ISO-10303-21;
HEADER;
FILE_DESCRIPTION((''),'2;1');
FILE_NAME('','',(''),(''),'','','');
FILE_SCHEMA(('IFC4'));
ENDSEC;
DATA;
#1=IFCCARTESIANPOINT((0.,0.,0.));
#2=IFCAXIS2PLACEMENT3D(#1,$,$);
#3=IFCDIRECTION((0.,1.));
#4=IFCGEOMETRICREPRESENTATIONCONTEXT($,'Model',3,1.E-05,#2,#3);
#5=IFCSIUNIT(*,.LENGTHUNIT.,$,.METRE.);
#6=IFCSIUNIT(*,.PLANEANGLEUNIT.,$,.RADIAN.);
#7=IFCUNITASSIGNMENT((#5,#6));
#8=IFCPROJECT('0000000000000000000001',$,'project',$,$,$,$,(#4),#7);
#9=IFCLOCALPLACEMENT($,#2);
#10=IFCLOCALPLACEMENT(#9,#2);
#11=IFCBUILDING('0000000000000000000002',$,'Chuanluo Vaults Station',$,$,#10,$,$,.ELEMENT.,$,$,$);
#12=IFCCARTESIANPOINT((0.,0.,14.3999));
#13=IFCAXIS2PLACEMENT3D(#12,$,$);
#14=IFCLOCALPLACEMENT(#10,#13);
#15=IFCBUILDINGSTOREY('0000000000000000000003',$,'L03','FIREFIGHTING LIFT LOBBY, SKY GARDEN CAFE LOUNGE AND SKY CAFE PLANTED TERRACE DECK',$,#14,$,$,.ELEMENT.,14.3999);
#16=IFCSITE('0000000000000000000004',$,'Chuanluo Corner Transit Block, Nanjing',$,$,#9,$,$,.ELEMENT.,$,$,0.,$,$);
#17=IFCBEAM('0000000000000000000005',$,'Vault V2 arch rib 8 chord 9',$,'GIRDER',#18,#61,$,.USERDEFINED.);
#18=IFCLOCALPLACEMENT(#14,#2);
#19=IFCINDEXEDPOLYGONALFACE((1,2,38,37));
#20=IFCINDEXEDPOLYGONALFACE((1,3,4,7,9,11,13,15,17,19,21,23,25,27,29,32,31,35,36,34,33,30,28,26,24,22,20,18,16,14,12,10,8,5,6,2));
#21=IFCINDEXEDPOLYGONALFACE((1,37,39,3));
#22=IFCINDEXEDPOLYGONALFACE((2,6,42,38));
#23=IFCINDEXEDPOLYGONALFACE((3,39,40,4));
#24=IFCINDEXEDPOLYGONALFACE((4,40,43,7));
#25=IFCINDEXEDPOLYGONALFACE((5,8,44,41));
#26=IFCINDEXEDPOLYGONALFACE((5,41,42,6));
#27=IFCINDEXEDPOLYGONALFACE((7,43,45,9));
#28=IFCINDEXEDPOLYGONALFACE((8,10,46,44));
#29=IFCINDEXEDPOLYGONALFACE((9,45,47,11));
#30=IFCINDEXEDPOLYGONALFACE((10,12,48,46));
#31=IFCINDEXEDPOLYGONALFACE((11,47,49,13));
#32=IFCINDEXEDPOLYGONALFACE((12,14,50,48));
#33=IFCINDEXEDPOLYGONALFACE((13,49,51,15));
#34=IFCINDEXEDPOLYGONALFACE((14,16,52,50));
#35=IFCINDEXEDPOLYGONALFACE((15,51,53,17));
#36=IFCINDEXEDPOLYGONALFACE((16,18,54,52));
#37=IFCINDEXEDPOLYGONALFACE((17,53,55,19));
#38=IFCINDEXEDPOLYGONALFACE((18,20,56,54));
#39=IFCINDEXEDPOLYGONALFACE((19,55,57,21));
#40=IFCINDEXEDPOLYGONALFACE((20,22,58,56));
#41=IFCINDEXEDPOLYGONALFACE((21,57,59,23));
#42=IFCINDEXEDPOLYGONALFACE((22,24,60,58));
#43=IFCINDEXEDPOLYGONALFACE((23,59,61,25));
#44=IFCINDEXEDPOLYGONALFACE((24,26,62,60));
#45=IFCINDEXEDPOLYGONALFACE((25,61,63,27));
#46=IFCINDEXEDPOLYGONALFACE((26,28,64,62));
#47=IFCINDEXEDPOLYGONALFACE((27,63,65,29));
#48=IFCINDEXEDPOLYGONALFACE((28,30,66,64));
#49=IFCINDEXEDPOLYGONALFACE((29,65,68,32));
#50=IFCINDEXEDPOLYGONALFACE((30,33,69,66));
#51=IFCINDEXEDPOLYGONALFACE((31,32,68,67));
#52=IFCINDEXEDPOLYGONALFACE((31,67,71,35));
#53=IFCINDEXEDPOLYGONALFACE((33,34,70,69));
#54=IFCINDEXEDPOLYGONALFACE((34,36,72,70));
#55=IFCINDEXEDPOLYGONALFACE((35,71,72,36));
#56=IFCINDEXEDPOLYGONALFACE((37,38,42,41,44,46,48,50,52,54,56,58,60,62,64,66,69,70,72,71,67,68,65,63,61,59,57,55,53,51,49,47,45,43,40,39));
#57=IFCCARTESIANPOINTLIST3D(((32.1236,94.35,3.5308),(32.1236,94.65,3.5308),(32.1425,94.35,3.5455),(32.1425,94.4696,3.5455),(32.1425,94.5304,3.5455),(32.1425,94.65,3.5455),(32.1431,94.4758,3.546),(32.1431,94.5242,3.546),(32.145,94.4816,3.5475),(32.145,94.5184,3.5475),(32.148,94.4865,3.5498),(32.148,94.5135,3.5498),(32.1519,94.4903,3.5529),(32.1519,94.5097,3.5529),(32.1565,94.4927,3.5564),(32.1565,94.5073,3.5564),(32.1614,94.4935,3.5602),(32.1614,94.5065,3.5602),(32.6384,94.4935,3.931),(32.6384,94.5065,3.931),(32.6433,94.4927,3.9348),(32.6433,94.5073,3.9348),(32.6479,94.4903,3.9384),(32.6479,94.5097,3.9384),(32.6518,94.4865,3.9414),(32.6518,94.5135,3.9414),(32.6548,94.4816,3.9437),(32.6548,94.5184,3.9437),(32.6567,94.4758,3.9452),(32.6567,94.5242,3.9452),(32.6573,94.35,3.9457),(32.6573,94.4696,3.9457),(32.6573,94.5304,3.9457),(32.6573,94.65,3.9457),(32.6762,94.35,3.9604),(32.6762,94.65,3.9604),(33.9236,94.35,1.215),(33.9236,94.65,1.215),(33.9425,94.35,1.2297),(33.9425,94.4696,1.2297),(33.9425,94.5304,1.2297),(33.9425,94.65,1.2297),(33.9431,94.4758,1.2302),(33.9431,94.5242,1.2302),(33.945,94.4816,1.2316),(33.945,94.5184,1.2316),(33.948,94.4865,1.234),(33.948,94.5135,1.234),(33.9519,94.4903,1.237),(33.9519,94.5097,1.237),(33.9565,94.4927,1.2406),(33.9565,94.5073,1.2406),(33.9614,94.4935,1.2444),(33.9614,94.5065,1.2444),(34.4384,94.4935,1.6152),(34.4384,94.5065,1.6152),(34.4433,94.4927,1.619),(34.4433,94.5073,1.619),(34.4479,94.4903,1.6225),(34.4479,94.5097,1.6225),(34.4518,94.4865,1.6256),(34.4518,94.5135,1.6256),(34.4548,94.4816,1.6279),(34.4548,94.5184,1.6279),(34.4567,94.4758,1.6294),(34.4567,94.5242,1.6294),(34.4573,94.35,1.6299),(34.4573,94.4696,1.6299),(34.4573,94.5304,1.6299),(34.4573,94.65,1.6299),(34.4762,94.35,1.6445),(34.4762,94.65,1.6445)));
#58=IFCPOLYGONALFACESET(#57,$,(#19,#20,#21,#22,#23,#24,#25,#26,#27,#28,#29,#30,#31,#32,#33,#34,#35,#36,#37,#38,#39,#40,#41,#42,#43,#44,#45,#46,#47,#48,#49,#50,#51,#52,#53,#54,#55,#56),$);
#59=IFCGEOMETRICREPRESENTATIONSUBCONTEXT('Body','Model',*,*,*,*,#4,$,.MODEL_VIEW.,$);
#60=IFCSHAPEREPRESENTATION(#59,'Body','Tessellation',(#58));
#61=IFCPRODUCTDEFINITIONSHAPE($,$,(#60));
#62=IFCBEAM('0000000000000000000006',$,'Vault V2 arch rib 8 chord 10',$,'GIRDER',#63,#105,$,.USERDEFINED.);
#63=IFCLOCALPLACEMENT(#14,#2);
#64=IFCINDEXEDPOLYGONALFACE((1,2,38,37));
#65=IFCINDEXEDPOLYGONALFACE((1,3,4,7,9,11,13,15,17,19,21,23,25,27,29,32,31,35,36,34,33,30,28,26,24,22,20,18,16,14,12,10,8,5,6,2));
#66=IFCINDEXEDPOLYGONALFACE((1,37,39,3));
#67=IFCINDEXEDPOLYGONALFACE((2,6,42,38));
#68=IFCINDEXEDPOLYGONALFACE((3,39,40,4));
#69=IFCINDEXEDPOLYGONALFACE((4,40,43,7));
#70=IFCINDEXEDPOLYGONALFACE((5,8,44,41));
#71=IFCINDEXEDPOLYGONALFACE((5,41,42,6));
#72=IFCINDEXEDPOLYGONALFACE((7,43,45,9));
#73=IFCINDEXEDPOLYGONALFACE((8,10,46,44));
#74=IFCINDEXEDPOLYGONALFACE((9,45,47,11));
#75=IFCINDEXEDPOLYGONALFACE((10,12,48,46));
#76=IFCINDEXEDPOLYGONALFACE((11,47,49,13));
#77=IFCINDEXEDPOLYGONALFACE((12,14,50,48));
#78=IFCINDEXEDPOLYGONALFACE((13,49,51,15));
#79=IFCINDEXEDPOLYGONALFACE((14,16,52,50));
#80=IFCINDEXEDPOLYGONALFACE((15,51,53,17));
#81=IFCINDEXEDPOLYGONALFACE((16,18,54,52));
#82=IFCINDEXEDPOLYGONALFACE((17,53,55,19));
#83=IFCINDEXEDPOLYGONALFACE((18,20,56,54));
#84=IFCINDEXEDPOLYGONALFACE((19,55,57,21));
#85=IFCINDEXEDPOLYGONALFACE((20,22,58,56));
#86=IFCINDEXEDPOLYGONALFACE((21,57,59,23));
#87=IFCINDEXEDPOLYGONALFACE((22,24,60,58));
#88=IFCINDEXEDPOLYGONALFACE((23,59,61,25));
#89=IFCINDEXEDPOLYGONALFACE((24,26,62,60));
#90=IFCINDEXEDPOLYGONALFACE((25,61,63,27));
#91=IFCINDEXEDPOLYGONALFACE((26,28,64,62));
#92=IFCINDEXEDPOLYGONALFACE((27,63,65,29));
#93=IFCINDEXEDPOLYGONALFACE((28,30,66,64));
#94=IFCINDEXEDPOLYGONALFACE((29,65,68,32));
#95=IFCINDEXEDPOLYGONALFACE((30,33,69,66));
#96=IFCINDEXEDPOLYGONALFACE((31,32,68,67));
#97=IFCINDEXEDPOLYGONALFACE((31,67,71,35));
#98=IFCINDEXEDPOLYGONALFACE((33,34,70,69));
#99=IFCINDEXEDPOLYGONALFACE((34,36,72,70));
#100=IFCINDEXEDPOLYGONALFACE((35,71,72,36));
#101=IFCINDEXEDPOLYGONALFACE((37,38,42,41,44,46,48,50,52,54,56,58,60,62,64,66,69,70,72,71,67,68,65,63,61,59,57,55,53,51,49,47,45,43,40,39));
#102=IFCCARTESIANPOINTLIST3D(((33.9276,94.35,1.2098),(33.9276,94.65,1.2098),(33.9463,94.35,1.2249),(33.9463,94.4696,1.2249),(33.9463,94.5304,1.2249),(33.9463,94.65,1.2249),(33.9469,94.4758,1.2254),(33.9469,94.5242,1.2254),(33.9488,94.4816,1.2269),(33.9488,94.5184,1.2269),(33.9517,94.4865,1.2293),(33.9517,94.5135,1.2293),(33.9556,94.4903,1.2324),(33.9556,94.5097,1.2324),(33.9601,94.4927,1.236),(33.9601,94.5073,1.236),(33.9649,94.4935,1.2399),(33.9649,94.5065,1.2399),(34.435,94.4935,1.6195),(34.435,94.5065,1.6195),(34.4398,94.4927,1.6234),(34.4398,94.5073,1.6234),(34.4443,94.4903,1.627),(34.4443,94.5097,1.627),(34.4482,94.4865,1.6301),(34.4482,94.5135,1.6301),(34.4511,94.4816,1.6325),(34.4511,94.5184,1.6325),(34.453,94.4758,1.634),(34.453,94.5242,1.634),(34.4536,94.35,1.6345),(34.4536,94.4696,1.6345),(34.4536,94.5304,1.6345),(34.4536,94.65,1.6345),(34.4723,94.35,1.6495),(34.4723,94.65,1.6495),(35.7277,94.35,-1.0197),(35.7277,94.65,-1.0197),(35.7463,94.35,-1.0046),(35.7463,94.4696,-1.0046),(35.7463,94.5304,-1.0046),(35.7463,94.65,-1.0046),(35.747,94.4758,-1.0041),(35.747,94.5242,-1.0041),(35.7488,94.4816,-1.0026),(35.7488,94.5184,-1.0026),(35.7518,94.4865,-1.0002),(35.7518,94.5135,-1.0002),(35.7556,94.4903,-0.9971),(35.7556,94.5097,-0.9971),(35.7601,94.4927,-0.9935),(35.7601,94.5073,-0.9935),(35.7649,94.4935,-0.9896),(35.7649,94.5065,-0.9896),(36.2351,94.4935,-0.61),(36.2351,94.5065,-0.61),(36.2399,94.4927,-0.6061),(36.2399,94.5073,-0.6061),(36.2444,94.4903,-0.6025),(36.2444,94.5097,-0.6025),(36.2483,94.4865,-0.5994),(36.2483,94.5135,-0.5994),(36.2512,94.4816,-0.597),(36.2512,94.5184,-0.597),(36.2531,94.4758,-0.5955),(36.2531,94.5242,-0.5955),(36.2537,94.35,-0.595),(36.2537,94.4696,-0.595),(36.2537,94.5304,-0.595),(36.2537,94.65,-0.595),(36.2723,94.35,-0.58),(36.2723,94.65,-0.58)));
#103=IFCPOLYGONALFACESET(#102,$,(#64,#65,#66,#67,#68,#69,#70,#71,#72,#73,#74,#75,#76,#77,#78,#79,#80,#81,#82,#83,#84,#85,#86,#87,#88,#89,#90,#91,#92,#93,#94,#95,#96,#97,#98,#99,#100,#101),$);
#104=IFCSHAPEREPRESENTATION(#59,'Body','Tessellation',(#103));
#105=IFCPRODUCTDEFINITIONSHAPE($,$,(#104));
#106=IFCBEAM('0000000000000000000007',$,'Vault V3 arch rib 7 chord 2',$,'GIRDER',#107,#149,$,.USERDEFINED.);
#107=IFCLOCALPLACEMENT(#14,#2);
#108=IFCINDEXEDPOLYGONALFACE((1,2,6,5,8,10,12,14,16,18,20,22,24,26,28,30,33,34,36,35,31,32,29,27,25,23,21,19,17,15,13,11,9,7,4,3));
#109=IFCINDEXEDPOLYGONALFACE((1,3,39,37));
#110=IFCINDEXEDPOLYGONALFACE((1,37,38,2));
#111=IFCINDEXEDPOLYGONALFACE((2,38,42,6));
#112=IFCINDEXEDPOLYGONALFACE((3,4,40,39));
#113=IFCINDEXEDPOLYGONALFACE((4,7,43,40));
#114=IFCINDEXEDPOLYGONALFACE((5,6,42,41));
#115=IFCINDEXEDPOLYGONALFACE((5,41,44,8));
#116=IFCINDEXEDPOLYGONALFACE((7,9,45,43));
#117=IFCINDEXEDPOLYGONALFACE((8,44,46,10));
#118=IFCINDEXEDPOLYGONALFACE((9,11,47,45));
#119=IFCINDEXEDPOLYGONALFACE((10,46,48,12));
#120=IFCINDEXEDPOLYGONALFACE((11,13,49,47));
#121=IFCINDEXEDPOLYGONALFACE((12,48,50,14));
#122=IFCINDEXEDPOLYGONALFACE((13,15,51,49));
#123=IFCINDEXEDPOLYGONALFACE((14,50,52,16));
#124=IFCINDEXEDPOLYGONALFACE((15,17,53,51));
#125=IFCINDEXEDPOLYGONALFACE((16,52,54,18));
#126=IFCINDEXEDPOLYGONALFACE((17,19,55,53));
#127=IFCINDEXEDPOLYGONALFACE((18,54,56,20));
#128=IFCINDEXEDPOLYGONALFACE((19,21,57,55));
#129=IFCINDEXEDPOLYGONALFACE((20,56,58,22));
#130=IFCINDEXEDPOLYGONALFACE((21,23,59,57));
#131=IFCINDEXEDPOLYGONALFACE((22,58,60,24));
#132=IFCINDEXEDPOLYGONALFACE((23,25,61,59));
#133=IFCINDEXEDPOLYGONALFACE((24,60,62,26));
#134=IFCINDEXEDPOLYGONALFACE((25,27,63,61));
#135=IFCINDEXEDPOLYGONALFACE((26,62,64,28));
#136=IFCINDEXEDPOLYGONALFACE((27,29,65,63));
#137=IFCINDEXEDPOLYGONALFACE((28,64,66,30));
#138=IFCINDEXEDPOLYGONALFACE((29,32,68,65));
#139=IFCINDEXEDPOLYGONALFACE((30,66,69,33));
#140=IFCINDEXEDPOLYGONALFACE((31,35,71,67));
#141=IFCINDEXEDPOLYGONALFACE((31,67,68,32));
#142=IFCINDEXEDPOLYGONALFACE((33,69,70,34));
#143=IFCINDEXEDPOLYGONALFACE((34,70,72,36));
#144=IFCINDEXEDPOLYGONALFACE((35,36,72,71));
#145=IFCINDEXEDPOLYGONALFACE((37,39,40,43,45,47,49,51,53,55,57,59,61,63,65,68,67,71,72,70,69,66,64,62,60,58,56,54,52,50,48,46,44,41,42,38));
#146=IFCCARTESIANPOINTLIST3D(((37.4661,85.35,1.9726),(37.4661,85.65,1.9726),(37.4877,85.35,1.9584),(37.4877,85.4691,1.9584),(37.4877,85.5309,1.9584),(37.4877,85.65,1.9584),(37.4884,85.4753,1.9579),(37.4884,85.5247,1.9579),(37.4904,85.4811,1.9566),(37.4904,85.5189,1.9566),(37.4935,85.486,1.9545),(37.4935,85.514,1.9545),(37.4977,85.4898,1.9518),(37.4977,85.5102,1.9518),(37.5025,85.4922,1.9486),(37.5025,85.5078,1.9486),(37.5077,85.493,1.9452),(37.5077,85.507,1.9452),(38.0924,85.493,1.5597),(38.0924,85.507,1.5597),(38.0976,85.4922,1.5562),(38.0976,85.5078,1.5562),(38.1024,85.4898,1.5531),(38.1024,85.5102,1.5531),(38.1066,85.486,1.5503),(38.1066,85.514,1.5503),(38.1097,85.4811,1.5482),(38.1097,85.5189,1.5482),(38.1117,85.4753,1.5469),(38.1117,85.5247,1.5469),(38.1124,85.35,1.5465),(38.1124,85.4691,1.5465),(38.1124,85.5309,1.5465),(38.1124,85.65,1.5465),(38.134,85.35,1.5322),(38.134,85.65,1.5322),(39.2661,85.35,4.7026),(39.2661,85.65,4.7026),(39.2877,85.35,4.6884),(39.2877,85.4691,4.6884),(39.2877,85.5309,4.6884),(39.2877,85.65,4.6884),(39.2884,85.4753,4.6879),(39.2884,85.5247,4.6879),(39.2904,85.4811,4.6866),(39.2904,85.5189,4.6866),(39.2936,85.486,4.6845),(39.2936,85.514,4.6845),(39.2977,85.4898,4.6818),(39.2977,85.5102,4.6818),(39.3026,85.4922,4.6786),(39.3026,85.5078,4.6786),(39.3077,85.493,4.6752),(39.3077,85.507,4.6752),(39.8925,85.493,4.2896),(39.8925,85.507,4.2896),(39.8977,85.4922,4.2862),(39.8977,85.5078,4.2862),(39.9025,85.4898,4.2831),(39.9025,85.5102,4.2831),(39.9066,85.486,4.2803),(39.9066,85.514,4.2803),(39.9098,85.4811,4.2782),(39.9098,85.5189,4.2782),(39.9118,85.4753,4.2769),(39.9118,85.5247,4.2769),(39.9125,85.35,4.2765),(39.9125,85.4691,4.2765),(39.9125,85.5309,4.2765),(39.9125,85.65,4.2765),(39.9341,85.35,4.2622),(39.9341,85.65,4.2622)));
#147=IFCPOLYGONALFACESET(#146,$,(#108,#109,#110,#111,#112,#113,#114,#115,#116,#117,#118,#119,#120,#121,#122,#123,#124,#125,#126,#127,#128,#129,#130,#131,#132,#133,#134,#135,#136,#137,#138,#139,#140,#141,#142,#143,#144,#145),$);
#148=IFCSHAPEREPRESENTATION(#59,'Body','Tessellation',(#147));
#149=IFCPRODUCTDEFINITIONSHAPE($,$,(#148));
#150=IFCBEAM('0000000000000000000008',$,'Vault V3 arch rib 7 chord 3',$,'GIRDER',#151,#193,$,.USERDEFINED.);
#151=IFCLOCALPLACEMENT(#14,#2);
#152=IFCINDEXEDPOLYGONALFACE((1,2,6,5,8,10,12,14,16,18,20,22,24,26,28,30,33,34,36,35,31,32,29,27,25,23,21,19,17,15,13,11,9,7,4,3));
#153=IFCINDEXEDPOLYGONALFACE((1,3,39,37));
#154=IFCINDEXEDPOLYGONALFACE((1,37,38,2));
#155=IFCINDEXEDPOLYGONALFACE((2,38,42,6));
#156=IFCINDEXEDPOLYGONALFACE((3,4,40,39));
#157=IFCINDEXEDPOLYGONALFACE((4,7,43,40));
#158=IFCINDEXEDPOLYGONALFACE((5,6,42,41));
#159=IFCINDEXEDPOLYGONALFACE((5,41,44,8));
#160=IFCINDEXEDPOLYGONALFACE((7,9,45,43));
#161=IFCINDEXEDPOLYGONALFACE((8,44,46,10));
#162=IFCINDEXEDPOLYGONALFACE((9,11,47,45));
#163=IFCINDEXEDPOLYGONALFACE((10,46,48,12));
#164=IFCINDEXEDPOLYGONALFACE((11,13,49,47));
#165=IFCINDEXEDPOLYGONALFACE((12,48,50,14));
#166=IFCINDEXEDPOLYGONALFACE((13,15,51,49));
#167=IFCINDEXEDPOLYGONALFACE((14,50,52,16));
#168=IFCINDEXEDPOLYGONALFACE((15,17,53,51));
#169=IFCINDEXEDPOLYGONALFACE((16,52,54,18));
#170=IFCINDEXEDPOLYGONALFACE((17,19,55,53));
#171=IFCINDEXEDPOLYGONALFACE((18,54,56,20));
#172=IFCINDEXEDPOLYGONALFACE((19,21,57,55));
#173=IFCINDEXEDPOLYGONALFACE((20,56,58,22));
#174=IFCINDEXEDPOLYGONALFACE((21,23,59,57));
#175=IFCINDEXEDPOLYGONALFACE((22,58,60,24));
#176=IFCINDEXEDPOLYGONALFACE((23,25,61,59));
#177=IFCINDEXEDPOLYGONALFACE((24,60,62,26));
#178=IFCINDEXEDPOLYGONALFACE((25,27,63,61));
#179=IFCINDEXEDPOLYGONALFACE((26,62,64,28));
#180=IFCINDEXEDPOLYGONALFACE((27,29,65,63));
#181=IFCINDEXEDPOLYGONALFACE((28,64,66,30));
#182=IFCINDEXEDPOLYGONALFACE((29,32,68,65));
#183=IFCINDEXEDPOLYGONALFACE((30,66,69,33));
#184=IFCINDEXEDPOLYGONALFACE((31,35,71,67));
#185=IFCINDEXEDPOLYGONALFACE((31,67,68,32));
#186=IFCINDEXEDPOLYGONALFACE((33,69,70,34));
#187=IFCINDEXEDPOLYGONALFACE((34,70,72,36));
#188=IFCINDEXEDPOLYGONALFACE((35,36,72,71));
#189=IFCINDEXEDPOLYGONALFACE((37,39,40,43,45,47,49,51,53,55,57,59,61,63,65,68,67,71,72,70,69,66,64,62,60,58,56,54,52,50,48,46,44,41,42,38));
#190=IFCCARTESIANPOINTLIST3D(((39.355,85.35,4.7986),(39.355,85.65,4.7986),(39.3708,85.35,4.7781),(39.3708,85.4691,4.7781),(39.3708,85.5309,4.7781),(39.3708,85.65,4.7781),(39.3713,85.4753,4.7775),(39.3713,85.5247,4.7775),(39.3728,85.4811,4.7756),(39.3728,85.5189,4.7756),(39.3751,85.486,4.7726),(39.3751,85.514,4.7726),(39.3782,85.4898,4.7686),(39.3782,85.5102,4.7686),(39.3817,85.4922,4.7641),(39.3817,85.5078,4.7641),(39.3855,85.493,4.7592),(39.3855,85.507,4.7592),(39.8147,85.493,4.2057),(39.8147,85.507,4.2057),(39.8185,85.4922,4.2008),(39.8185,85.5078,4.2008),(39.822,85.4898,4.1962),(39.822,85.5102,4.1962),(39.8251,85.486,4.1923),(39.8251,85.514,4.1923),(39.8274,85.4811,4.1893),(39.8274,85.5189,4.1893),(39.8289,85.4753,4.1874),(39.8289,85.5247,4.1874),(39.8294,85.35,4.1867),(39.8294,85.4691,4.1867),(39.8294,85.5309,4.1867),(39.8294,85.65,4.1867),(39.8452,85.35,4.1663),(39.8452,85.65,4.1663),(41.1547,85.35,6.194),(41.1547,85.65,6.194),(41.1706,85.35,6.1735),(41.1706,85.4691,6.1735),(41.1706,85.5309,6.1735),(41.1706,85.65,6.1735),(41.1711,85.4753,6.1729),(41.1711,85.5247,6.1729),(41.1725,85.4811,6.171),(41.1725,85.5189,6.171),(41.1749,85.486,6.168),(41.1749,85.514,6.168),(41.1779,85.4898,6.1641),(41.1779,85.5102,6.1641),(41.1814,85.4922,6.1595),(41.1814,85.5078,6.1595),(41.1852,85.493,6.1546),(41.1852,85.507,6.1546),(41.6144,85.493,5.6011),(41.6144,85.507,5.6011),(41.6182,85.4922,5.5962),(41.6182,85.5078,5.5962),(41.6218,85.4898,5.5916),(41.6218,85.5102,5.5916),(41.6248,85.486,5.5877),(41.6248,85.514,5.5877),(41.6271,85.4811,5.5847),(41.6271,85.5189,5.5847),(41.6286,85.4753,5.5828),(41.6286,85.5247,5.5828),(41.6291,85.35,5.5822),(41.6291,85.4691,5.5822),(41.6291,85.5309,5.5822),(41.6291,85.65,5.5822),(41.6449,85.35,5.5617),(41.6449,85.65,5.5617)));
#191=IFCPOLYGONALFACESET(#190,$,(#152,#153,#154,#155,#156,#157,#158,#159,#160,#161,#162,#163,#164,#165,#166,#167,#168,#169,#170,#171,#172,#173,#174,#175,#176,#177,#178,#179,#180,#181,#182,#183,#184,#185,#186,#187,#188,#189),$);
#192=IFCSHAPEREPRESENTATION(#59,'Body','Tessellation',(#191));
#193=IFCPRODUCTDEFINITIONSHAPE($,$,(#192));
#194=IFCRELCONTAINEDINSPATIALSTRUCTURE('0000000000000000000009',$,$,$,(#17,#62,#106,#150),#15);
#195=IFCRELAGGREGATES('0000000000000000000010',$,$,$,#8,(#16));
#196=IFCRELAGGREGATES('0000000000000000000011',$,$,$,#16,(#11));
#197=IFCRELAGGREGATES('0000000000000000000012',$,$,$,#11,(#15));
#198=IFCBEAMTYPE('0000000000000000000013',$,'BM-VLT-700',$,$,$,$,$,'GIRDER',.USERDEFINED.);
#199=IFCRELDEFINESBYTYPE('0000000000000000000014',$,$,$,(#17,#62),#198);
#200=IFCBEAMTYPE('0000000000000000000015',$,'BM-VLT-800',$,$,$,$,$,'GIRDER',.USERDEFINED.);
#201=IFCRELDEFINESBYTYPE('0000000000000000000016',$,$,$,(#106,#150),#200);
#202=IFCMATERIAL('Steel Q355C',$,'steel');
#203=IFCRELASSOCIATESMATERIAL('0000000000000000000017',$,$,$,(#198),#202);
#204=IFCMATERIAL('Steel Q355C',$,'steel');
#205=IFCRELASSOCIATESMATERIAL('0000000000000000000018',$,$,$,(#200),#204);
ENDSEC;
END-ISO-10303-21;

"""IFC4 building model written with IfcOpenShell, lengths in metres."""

from ifc_helpers import new_model, si_unit, direction, frame, origin, origin_2d, place, context, subcontext, project, spatial, i_section, extrude, material, material_profile, profile_set, type_object, element, save


model = new_model("IFC4")

# Units and contexts
model_context = context("Model", 3, precision=1e-05, world=origin(), true_north=direction((0.0, 1.0)))
body_context = subcontext(model_context, "Body", "Model", "MODEL_VIEW")
ifc_project = project(units=[si_unit("LENGTHUNIT", "METRE"), si_unit("PLANEANGLEUNIT", "RADIAN")], contexts=[model_context])

# Site, building, storey
site_placement = place(None, origin())
site = spatial("IfcSite", under=ifc_project, at=site_placement, Name="Chuanluo Corner Transit Block, Nanjing", CompositionType="ELEMENT", RefElevation=0.0)
building_placement = place(site_placement, origin())
building = spatial("IfcBuilding", under=site, at=building_placement, Name="Chuanluo Vaults Station", CompositionType="ELEMENT")
storey_placement = place(building_placement, frame((0.0, 0.0, 14.3999)))
storey = spatial("IfcBuildingStorey", under=building, at=storey_placement, Name="L03", Description="FIREFIGHTING LIFT LOBBY, SKY GARDEN CAFE LOUNGE AND SKY CAFE PLANTED TERRACE DECK", CompositionType="ELEMENT", Elevation=14.3999)

# Beams
ifc_material_1 = material(Name="Steel Q355C", Category="steel")
ifc_material_profile_1 = material_profile(ifc_material_1, i_section(OverallWidth=0.3, OverallDepth=0.7, WebThickness=0.0129, FlangeThickness=0.0239, FilletRadius=0.0239, at=origin_2d()))
ifc_profile_set_1 = profile_set([ifc_material_profile_1], Name="Steel Q355C")
beam_type_1 = type_object("IfcBeamType", Name="BM-VLT-700", ElementType="GIRDER", PredefinedType="USERDEFINED", material=ifc_profile_set_1)
beam_1_placement = place(storey_placement, frame((32.3999, 94.5, 3.7456), z_axis=(0.613681, 0.0, -0.789554), x_axis=(0.0, 1.0, 0.0)))
element("IfcBeam", 1, at=beam_1_placement, inside=storey, type_object=beam_type_1, Name="Vault V2 arch rib 8 chord 9", ObjectType="GIRDER", PredefinedType="USERDEFINED", context=body_context, shape_type="SweptSolid", body=[
    extrude(i_section(OverallWidth=0.3, OverallDepth=0.7, WebThickness=0.0129, FlangeThickness=0.0239, FilletRadius=0.0239, at=origin_2d()), origin(), (0.0, 0.0, 1.0), 2.9331),
])
beam_2_placement = place(storey_placement, frame((34.2, 94.5, 1.4297), z_axis=(0.62819, 0.0, -0.77806), x_axis=(0.0, 1.0, 0.0)))
element("IfcBeam", 2, at=beam_2_placement, inside=storey, type_object=beam_type_1, Name="Vault V2 arch rib 8 chord 10", ObjectType="GIRDER", PredefinedType="USERDEFINED", context=body_context, shape_type="SweptSolid", body=[
    extrude(i_section(OverallWidth=0.3, OverallDepth=0.7, WebThickness=0.0129, FlangeThickness=0.0239, FilletRadius=0.0239, at=origin_2d()), origin(), (0.0, 0.0, 1.0), 2.8655),
])
ifc_material_2 = material(Name="Steel Q355C", Category="steel")
ifc_material_profile_2 = material_profile(ifc_material_2, i_section(OverallWidth=0.3, OverallDepth=0.8, WebThickness=0.0139, FlangeThickness=0.0259, FilletRadius=0.0239, at=origin_2d()))
ifc_profile_set_2 = profile_set([ifc_material_profile_2], Name="Steel Q355C")
beam_type_2 = type_object("IfcBeamType", Name="BM-VLT-800", ElementType="GIRDER", PredefinedType="USERDEFINED", material=ifc_profile_set_2)
beam_3_placement = place(storey_placement, frame((37.8, 85.5, 1.7524), z_axis=(0.550472, 0.0, 0.834854), x_axis=(0.0, 1.0, 0.0)))
element("IfcBeam", 3, at=beam_3_placement, inside=storey, type_object=beam_type_2, Name="Vault V3 arch rib 7 chord 2", ObjectType="GIRDER", PredefinedType="USERDEFINED", context=body_context, shape_type="SweptSolid", body=[
    extrude(i_section(OverallWidth=0.3, OverallDepth=0.8, WebThickness=0.0139, FlangeThickness=0.0259, FilletRadius=0.0239, at=origin_2d()), origin(), (0.0, 0.0, 1.0), 3.27),
])
beam_4_placement = place(storey_placement, frame((39.6001, 85.5, 4.4824), z_axis=(0.790275, 0.0, 0.612752), x_axis=(0.0, 1.0, 0.0)))
element("IfcBeam", 4, at=beam_4_placement, inside=storey, type_object=beam_type_2, Name="Vault V3 arch rib 7 chord 3", ObjectType="GIRDER", PredefinedType="USERDEFINED", context=body_context, shape_type="SweptSolid", body=[
    extrude(i_section(OverallWidth=0.3, OverallDepth=0.8, WebThickness=0.0139, FlangeThickness=0.0259, FilletRadius=0.0239, at=origin_2d()), origin(), (0.0, 0.0, 1.0), 2.2773),
])

save(model, "model.ifc")
